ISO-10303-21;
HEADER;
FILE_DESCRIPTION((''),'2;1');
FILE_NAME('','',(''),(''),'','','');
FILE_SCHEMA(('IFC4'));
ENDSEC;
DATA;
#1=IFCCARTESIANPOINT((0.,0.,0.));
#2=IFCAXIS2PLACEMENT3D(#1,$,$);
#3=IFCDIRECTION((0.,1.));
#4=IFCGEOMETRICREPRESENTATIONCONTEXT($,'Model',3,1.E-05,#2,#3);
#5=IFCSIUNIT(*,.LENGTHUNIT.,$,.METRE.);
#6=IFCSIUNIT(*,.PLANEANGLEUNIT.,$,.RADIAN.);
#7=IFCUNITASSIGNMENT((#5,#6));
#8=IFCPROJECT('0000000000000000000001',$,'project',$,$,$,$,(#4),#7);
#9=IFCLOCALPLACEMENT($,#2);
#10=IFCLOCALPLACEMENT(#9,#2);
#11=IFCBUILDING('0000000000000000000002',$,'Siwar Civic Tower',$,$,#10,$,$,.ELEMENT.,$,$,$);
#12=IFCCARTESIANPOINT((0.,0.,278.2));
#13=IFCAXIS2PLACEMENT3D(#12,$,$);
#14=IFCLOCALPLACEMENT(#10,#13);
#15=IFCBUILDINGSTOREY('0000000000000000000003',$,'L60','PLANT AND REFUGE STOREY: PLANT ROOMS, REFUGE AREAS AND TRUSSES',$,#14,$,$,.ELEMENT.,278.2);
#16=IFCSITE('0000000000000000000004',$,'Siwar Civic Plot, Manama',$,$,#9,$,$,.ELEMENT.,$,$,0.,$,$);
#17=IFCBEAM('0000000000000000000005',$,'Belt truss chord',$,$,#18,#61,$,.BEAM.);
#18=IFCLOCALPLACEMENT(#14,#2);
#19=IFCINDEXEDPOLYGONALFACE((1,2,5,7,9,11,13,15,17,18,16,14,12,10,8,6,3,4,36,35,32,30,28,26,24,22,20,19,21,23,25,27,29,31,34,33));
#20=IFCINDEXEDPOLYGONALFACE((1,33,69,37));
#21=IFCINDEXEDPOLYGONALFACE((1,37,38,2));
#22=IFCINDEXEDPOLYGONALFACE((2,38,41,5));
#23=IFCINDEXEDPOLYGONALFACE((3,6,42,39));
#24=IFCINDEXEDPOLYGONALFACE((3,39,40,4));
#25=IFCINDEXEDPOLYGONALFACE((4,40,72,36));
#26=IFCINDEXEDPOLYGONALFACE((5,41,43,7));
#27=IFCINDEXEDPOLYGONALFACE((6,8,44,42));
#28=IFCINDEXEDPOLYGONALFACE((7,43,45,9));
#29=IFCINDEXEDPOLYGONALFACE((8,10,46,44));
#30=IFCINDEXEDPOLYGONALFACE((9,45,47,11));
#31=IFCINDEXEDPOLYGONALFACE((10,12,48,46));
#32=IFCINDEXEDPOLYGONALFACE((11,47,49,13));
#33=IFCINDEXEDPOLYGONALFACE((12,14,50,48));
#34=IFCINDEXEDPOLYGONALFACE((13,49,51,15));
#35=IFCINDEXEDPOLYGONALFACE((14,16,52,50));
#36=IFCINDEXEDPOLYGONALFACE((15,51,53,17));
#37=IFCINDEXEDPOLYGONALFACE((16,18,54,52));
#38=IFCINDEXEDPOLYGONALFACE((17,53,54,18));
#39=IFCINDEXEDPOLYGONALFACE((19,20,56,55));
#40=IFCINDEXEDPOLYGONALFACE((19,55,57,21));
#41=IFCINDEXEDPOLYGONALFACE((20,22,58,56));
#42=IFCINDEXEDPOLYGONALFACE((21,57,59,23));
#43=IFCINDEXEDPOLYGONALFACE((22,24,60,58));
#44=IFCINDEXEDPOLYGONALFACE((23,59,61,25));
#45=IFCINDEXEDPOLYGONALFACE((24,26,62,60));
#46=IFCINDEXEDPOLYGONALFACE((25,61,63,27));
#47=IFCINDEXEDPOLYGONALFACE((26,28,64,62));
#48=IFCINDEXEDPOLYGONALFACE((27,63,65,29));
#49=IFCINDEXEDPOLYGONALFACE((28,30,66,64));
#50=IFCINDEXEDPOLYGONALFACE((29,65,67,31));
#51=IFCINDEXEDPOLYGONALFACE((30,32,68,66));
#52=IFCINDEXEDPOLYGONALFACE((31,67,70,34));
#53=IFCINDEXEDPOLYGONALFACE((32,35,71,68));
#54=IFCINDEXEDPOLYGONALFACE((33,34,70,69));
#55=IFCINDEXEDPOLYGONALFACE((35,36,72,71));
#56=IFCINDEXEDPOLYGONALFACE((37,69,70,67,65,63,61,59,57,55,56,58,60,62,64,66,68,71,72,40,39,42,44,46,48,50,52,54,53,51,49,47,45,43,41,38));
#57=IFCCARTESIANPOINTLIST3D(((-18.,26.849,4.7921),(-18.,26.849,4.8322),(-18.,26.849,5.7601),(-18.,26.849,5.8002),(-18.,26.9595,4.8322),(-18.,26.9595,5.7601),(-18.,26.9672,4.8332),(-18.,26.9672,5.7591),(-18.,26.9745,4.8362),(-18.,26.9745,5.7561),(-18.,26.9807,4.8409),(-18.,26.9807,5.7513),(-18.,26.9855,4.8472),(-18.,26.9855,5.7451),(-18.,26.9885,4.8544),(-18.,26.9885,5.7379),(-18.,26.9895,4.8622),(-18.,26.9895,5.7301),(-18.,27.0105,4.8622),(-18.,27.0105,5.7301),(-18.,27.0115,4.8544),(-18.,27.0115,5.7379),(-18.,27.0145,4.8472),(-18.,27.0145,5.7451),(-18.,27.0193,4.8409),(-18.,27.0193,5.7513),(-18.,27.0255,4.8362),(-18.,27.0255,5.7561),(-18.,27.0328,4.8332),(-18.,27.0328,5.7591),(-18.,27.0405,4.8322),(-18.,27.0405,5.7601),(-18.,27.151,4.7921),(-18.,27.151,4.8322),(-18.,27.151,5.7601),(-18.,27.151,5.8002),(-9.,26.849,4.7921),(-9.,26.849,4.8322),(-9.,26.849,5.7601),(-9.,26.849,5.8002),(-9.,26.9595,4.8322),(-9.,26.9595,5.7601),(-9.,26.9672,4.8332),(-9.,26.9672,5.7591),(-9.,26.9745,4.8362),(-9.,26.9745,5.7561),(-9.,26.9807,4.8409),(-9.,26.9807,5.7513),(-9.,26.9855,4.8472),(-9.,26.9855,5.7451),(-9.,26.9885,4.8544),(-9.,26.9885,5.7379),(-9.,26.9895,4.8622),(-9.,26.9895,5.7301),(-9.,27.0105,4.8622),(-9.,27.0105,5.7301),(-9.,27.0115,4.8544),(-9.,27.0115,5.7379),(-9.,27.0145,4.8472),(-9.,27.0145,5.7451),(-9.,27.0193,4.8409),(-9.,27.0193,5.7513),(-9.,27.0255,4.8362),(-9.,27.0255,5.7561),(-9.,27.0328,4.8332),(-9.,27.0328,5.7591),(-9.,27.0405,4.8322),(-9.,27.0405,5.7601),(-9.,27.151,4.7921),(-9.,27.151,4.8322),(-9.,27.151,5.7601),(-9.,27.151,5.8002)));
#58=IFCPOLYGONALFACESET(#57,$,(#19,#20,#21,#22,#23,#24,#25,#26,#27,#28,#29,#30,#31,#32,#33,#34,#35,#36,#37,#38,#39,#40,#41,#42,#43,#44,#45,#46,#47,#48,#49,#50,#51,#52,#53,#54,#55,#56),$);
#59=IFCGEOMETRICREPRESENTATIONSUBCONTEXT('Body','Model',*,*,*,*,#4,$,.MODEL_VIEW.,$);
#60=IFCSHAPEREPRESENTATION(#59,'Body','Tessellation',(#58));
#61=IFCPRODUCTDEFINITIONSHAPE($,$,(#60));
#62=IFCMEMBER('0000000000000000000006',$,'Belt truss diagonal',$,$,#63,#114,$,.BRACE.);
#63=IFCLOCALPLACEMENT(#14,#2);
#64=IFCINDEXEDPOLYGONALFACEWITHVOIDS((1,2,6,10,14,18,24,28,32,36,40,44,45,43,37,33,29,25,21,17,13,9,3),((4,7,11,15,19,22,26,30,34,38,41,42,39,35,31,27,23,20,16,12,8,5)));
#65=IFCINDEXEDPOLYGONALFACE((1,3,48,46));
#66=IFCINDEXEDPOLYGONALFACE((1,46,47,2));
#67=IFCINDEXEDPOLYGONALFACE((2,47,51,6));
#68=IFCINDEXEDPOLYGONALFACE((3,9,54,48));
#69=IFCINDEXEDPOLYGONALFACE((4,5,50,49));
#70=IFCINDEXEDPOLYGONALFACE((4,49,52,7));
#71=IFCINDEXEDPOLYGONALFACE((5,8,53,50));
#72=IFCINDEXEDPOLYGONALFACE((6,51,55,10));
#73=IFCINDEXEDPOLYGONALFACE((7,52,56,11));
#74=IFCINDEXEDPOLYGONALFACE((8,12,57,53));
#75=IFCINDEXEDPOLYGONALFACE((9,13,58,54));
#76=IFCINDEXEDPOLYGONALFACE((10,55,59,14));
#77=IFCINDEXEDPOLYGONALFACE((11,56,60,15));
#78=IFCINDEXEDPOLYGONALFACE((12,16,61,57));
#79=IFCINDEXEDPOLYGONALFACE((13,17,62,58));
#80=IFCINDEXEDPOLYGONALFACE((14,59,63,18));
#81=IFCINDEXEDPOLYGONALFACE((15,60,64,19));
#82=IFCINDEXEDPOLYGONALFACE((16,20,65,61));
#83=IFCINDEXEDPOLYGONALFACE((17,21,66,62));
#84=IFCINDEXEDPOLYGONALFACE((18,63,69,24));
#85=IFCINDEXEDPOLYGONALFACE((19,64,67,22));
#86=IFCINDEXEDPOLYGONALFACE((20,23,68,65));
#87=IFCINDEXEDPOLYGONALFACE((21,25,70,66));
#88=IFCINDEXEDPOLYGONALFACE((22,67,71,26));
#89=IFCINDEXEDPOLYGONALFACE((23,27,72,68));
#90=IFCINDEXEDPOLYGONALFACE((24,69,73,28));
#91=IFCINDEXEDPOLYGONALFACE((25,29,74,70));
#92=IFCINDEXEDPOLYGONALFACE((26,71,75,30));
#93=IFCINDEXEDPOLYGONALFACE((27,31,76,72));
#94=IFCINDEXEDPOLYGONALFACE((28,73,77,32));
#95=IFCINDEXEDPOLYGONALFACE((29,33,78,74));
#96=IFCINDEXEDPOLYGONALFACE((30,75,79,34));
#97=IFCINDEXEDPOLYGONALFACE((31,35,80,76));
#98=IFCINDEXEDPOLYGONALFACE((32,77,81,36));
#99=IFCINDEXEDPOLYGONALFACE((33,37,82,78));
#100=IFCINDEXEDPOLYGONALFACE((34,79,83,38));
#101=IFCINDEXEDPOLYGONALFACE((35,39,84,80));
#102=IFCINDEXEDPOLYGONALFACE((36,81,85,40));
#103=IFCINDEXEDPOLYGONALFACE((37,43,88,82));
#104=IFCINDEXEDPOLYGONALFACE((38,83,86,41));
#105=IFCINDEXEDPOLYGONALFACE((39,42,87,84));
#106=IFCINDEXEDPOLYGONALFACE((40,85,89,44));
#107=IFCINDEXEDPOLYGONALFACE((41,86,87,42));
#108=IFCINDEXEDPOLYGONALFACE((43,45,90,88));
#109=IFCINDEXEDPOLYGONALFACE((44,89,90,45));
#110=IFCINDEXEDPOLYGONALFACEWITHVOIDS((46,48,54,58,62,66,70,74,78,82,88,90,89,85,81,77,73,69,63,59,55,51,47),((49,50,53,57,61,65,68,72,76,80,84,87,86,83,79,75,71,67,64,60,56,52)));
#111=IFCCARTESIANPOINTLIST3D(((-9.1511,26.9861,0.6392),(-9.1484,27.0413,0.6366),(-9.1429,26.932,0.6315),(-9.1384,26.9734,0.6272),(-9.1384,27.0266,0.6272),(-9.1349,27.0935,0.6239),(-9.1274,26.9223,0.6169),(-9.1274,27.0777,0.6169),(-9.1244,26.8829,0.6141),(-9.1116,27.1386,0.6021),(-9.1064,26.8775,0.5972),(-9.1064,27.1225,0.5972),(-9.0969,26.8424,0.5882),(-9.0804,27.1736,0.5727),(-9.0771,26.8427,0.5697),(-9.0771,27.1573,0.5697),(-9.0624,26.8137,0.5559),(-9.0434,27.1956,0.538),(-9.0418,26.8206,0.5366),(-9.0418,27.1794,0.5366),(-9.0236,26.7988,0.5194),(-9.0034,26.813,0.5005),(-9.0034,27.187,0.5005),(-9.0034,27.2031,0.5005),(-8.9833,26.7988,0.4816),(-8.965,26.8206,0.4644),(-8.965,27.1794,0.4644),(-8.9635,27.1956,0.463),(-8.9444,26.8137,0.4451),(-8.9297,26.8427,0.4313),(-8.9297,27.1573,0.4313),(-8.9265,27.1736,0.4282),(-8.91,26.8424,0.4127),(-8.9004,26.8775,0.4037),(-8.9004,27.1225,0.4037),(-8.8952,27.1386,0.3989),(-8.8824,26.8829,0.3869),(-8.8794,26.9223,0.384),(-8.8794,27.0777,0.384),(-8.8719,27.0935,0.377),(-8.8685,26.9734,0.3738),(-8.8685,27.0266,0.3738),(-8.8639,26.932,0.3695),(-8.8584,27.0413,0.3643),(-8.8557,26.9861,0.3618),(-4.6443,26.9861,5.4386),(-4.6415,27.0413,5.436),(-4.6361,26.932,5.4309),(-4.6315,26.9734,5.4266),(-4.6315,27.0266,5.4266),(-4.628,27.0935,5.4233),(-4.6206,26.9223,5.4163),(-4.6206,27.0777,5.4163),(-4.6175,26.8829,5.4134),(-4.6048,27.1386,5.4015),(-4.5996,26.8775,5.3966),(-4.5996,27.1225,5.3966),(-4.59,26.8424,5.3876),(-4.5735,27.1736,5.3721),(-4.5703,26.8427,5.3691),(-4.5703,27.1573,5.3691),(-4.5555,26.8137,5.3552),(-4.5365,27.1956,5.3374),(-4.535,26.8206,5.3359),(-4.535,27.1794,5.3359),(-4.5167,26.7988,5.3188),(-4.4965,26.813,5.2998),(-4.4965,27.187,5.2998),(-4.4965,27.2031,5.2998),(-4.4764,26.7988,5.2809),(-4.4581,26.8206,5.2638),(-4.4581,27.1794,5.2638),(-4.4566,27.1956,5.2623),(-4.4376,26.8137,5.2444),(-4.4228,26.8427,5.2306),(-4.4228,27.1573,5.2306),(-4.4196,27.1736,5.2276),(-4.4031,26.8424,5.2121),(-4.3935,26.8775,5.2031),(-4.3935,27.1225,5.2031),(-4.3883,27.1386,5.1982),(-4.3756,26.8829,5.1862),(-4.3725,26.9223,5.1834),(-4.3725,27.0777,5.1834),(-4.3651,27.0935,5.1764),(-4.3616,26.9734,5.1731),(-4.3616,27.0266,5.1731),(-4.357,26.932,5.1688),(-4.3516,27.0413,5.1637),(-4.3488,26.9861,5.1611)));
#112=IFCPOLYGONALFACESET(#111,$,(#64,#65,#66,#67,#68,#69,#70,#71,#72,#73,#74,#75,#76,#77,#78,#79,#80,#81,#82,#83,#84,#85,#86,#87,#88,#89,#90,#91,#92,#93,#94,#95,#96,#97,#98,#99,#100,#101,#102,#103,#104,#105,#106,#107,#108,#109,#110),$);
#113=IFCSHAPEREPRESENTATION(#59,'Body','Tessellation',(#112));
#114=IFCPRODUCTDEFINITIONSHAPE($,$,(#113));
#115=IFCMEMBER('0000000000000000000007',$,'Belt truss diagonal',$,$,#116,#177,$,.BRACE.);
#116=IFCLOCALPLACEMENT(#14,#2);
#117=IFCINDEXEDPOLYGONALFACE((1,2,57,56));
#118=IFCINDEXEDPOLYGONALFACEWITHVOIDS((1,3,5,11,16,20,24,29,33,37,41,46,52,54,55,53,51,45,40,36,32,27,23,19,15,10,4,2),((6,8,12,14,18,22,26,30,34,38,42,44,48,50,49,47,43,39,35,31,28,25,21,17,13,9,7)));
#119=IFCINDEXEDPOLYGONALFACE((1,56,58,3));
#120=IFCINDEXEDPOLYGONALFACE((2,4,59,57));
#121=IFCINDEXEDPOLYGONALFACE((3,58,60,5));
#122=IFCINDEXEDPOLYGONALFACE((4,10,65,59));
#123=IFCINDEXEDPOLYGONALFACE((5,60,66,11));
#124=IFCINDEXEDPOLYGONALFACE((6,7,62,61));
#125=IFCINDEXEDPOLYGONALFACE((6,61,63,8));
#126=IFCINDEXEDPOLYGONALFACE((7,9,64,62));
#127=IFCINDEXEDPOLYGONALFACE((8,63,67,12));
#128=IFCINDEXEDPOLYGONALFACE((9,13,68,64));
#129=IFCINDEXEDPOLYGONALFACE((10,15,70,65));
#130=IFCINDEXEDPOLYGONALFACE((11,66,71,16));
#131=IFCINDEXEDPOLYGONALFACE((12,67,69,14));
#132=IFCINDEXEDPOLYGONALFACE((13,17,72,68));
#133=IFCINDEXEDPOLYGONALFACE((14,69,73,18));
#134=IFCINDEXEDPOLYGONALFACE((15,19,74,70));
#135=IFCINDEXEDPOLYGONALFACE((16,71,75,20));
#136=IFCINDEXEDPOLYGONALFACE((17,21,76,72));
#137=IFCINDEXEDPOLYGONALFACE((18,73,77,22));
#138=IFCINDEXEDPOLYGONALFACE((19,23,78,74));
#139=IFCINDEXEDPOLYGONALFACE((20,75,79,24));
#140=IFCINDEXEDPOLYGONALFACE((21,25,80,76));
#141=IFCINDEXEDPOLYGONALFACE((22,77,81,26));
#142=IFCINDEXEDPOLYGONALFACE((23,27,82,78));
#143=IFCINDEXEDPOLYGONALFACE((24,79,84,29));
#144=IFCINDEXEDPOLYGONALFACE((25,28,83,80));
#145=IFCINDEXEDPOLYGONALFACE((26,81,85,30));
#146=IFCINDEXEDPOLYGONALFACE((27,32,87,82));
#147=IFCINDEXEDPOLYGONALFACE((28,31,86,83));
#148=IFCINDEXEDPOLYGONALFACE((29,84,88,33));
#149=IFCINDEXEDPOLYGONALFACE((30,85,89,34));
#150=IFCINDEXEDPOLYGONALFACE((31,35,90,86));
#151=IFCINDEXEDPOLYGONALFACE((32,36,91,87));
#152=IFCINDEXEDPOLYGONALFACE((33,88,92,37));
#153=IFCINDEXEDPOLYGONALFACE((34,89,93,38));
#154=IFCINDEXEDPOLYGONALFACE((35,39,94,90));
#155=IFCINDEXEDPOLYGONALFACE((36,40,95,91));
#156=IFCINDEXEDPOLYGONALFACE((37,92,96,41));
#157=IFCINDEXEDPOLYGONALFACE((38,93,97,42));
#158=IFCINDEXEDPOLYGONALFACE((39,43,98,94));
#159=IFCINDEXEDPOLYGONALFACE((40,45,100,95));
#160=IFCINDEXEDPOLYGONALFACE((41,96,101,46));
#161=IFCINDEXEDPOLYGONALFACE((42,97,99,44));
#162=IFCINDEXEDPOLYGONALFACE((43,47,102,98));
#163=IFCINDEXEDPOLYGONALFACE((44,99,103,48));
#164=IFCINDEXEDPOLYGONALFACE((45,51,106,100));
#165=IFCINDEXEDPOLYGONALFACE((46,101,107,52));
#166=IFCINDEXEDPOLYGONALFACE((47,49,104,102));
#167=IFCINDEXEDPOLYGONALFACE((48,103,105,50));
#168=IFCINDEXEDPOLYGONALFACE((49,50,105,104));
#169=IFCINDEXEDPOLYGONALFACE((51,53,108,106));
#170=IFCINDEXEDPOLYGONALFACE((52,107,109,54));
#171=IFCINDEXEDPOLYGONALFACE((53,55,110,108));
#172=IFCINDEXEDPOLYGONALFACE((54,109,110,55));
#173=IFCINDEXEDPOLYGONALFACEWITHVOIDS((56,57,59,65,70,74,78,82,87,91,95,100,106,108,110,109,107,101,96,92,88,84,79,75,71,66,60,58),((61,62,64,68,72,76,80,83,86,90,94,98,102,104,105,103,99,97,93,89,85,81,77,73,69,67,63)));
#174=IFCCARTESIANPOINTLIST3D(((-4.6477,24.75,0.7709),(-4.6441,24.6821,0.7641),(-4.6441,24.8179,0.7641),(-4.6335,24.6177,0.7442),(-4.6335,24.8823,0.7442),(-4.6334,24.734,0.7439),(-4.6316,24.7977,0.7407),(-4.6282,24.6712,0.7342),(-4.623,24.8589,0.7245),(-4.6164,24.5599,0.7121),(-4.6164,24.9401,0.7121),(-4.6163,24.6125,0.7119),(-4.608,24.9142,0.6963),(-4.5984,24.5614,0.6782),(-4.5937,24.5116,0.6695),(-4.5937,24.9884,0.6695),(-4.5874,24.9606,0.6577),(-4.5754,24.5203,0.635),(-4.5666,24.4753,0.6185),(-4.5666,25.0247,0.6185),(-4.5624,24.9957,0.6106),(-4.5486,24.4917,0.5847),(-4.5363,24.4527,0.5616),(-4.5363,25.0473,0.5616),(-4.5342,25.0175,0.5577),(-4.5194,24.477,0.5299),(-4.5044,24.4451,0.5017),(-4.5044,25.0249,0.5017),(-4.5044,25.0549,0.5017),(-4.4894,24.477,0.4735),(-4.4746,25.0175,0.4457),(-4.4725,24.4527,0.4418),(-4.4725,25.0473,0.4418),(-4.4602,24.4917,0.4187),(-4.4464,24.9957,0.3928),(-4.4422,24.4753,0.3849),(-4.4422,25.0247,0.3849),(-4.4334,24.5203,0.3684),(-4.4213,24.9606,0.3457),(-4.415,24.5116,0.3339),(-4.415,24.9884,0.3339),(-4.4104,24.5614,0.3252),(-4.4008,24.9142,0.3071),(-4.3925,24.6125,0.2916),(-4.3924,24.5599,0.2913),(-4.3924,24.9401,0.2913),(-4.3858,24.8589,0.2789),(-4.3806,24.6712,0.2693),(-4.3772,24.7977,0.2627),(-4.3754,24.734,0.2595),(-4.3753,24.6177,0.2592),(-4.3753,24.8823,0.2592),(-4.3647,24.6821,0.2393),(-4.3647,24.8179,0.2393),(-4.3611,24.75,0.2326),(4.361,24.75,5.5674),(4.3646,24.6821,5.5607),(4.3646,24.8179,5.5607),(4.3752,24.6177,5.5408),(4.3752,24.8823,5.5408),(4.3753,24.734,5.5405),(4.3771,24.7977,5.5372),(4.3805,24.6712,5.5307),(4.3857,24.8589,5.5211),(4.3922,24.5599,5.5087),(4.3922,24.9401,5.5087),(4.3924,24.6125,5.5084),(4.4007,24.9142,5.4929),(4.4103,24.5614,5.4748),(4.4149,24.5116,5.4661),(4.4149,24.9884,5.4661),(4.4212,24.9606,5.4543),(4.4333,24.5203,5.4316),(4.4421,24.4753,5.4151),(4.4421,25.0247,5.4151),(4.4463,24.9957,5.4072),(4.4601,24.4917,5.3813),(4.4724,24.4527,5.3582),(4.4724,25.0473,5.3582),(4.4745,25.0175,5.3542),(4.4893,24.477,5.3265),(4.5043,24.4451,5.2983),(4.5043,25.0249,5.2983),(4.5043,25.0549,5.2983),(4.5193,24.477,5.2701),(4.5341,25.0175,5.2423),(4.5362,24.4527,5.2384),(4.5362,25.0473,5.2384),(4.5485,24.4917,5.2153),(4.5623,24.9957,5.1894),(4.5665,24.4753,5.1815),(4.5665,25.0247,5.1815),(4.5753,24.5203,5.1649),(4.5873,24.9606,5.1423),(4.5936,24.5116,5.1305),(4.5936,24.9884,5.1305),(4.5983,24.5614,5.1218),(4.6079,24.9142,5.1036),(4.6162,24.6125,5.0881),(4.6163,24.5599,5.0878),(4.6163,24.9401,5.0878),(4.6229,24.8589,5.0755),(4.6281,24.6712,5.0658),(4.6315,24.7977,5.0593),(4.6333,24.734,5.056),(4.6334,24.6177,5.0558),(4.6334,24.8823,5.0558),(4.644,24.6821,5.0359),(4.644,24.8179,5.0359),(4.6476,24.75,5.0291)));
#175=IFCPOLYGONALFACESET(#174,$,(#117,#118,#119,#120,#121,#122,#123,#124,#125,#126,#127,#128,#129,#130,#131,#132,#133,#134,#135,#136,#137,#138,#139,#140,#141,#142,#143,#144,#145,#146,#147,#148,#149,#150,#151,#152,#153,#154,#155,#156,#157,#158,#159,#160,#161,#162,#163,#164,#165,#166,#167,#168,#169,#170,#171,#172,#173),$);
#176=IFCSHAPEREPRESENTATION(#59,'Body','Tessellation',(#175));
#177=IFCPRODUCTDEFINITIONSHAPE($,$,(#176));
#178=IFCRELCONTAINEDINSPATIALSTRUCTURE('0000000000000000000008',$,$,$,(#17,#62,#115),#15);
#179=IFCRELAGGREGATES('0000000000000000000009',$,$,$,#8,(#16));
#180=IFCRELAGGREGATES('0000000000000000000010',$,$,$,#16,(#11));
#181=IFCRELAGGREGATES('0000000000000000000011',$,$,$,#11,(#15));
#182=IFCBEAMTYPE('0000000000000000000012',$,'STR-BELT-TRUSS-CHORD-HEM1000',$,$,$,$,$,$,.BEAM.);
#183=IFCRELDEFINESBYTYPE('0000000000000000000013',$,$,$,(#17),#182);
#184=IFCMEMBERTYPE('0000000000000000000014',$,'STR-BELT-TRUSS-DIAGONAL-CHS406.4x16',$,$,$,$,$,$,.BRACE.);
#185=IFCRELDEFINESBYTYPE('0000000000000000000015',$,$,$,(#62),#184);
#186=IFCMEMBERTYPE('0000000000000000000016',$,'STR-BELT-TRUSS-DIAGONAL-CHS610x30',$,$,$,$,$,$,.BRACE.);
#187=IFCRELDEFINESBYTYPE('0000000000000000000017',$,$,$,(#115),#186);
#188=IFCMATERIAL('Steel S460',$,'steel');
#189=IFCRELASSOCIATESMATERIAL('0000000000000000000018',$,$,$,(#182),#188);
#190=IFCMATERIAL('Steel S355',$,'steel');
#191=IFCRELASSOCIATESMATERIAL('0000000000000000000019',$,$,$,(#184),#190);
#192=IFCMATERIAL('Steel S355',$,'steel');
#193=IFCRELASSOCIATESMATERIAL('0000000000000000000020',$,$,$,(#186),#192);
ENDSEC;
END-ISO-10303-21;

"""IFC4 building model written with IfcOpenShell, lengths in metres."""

from ifc_helpers import new_model, si_unit, direction, frame, origin, origin_2d, place, context, subcontext, project, spatial, hollow_circle, i_section, extrude, material, material_profile, profile_set, type_object, element, save


model = new_model("IFC4")

# Units and contexts
model_context = context("Model", 3, precision=1e-05, world=origin(), true_north=direction((0.0, 1.0)))
body_context = subcontext(model_context, "Body", "Model", "MODEL_VIEW")
ifc_project = project(units=[si_unit("LENGTHUNIT", "METRE"), si_unit("PLANEANGLEUNIT", "RADIAN")], contexts=[model_context])

# Site, building, storey
site_placement = place(None, origin())
site = spatial("IfcSite", under=ifc_project, at=site_placement, Name="Siwar Civic Plot, Manama", CompositionType="ELEMENT", RefElevation=0.0)
building_placement = place(site_placement, origin())
building = spatial("IfcBuilding", under=site, at=building_placement, Name="Siwar Civic Tower", CompositionType="ELEMENT")
storey_placement = place(building_placement, frame((0.0, 0.0, 278.2)))
storey = spatial("IfcBuildingStorey", under=building, at=storey_placement, Name="L60", Description="PLANT AND REFUGE STOREY: PLANT ROOMS, REFUGE AREAS AND TRUSSES", CompositionType="ELEMENT", Elevation=278.2)

# Beam
ifc_material_1 = material(Name="Steel S460", Category="steel")
ifc_material_profile_1 = material_profile(ifc_material_1, i_section(OverallWidth=0.302, OverallDepth=1.0081, WebThickness=0.021, FlangeThickness=0.04, FilletRadius=0.03, at=origin_2d()), Name="HEM1000")
ifc_profile_set_1 = profile_set([ifc_material_profile_1], Name="Steel S460")
beam_type_1 = type_object("IfcBeamType", Name="STR-BELT-TRUSS-CHORD-HEM1000", PredefinedType="BEAM", material=ifc_profile_set_1)
for number, where, z_axis, x_axis, name in (
    (1, (-9.0, 27.0, 5.2961), (-1.0, 0.0, 0.0), (0.0, -1.0, 0.0), "Belt truss chord"),
):
    element("IfcBeam", number, at=place(storey_placement, frame(where, z_axis=z_axis, x_axis=x_axis)), inside=storey, type_object=beam_type_1, Name=name, PredefinedType="BEAM", context=body_context, shape_type="SweptSolid", body=[
        extrude(i_section(OverallWidth=0.302, OverallDepth=1.0081, WebThickness=0.021, FlangeThickness=0.04, FilletRadius=0.03, at=origin_2d()), origin(), (0.0, 0.0, 1.0), 9.0),
    ])

# Members
ifc_material_2 = material(Name="Steel S355", Category="steel")
ifc_material_profile_2 = material_profile(ifc_material_2, hollow_circle(Radius=0.2031, WallThickness=0.0161, at=origin_2d()), Name="CHS406.4x16")
ifc_profile_set_2 = profile_set([ifc_material_profile_2], Name="Steel S355")
member_type_1 = type_object("IfcMemberType", Name="STR-BELT-TRUSS-DIAGONAL-CHS406.4x16", PredefinedType="BRACE", material=ifc_profile_set_2)
member_1_placement = place(storey_placement, frame((-9.0034, 27.0, 0.5005), z_axis=(0.684545, 0.0, 0.72897), x_axis=(0.0, 1.0, 0.0)))
element("IfcMember", 2, at=member_1_placement, inside=storey, type_object=member_type_1, Name="Belt truss diagonal", PredefinedType="BRACE", context=body_context, shape_type="SweptSolid", body=[
    extrude(hollow_circle(Radius=0.2031, WallThickness=0.0161, at=origin_2d()), origin(), (0.0, 0.0, 1.0), 6.5837),
])
ifc_material_3 = material(Name="Steel S355", Category="steel")
ifc_material_profile_3 = material_profile(ifc_material_3, hollow_circle(Radius=0.3049, WallThickness=0.03, at=origin_2d()), Name="CHS610x30")
ifc_profile_set_3 = profile_set([ifc_material_profile_3], Name="Steel S355")
member_type_2 = type_object("IfcMemberType", Name="STR-BELT-TRUSS-DIAGONAL-CHS610x30", PredefinedType="BRACE", material=ifc_profile_set_3)
for number, where, z_axis, x_axis, name in (
    (3, (-4.5044, 24.75, 0.5017), (0.882681, 0.0, 0.469974), (0.0, 1.0, 0.0), "Belt truss diagonal"),
):
    element("IfcMember", number, at=place(storey_placement, frame(where, z_axis=z_axis, x_axis=x_axis)), inside=storey, type_object=member_type_2, Name=name, PredefinedType="BRACE", context=body_context, shape_type="SweptSolid", body=[
        extrude(hollow_circle(Radius=0.3049, WallThickness=0.03, at=origin_2d()), origin(), (0.0, 0.0, 1.0), 10.2061),
    ])

save(model, "model.ifc")
